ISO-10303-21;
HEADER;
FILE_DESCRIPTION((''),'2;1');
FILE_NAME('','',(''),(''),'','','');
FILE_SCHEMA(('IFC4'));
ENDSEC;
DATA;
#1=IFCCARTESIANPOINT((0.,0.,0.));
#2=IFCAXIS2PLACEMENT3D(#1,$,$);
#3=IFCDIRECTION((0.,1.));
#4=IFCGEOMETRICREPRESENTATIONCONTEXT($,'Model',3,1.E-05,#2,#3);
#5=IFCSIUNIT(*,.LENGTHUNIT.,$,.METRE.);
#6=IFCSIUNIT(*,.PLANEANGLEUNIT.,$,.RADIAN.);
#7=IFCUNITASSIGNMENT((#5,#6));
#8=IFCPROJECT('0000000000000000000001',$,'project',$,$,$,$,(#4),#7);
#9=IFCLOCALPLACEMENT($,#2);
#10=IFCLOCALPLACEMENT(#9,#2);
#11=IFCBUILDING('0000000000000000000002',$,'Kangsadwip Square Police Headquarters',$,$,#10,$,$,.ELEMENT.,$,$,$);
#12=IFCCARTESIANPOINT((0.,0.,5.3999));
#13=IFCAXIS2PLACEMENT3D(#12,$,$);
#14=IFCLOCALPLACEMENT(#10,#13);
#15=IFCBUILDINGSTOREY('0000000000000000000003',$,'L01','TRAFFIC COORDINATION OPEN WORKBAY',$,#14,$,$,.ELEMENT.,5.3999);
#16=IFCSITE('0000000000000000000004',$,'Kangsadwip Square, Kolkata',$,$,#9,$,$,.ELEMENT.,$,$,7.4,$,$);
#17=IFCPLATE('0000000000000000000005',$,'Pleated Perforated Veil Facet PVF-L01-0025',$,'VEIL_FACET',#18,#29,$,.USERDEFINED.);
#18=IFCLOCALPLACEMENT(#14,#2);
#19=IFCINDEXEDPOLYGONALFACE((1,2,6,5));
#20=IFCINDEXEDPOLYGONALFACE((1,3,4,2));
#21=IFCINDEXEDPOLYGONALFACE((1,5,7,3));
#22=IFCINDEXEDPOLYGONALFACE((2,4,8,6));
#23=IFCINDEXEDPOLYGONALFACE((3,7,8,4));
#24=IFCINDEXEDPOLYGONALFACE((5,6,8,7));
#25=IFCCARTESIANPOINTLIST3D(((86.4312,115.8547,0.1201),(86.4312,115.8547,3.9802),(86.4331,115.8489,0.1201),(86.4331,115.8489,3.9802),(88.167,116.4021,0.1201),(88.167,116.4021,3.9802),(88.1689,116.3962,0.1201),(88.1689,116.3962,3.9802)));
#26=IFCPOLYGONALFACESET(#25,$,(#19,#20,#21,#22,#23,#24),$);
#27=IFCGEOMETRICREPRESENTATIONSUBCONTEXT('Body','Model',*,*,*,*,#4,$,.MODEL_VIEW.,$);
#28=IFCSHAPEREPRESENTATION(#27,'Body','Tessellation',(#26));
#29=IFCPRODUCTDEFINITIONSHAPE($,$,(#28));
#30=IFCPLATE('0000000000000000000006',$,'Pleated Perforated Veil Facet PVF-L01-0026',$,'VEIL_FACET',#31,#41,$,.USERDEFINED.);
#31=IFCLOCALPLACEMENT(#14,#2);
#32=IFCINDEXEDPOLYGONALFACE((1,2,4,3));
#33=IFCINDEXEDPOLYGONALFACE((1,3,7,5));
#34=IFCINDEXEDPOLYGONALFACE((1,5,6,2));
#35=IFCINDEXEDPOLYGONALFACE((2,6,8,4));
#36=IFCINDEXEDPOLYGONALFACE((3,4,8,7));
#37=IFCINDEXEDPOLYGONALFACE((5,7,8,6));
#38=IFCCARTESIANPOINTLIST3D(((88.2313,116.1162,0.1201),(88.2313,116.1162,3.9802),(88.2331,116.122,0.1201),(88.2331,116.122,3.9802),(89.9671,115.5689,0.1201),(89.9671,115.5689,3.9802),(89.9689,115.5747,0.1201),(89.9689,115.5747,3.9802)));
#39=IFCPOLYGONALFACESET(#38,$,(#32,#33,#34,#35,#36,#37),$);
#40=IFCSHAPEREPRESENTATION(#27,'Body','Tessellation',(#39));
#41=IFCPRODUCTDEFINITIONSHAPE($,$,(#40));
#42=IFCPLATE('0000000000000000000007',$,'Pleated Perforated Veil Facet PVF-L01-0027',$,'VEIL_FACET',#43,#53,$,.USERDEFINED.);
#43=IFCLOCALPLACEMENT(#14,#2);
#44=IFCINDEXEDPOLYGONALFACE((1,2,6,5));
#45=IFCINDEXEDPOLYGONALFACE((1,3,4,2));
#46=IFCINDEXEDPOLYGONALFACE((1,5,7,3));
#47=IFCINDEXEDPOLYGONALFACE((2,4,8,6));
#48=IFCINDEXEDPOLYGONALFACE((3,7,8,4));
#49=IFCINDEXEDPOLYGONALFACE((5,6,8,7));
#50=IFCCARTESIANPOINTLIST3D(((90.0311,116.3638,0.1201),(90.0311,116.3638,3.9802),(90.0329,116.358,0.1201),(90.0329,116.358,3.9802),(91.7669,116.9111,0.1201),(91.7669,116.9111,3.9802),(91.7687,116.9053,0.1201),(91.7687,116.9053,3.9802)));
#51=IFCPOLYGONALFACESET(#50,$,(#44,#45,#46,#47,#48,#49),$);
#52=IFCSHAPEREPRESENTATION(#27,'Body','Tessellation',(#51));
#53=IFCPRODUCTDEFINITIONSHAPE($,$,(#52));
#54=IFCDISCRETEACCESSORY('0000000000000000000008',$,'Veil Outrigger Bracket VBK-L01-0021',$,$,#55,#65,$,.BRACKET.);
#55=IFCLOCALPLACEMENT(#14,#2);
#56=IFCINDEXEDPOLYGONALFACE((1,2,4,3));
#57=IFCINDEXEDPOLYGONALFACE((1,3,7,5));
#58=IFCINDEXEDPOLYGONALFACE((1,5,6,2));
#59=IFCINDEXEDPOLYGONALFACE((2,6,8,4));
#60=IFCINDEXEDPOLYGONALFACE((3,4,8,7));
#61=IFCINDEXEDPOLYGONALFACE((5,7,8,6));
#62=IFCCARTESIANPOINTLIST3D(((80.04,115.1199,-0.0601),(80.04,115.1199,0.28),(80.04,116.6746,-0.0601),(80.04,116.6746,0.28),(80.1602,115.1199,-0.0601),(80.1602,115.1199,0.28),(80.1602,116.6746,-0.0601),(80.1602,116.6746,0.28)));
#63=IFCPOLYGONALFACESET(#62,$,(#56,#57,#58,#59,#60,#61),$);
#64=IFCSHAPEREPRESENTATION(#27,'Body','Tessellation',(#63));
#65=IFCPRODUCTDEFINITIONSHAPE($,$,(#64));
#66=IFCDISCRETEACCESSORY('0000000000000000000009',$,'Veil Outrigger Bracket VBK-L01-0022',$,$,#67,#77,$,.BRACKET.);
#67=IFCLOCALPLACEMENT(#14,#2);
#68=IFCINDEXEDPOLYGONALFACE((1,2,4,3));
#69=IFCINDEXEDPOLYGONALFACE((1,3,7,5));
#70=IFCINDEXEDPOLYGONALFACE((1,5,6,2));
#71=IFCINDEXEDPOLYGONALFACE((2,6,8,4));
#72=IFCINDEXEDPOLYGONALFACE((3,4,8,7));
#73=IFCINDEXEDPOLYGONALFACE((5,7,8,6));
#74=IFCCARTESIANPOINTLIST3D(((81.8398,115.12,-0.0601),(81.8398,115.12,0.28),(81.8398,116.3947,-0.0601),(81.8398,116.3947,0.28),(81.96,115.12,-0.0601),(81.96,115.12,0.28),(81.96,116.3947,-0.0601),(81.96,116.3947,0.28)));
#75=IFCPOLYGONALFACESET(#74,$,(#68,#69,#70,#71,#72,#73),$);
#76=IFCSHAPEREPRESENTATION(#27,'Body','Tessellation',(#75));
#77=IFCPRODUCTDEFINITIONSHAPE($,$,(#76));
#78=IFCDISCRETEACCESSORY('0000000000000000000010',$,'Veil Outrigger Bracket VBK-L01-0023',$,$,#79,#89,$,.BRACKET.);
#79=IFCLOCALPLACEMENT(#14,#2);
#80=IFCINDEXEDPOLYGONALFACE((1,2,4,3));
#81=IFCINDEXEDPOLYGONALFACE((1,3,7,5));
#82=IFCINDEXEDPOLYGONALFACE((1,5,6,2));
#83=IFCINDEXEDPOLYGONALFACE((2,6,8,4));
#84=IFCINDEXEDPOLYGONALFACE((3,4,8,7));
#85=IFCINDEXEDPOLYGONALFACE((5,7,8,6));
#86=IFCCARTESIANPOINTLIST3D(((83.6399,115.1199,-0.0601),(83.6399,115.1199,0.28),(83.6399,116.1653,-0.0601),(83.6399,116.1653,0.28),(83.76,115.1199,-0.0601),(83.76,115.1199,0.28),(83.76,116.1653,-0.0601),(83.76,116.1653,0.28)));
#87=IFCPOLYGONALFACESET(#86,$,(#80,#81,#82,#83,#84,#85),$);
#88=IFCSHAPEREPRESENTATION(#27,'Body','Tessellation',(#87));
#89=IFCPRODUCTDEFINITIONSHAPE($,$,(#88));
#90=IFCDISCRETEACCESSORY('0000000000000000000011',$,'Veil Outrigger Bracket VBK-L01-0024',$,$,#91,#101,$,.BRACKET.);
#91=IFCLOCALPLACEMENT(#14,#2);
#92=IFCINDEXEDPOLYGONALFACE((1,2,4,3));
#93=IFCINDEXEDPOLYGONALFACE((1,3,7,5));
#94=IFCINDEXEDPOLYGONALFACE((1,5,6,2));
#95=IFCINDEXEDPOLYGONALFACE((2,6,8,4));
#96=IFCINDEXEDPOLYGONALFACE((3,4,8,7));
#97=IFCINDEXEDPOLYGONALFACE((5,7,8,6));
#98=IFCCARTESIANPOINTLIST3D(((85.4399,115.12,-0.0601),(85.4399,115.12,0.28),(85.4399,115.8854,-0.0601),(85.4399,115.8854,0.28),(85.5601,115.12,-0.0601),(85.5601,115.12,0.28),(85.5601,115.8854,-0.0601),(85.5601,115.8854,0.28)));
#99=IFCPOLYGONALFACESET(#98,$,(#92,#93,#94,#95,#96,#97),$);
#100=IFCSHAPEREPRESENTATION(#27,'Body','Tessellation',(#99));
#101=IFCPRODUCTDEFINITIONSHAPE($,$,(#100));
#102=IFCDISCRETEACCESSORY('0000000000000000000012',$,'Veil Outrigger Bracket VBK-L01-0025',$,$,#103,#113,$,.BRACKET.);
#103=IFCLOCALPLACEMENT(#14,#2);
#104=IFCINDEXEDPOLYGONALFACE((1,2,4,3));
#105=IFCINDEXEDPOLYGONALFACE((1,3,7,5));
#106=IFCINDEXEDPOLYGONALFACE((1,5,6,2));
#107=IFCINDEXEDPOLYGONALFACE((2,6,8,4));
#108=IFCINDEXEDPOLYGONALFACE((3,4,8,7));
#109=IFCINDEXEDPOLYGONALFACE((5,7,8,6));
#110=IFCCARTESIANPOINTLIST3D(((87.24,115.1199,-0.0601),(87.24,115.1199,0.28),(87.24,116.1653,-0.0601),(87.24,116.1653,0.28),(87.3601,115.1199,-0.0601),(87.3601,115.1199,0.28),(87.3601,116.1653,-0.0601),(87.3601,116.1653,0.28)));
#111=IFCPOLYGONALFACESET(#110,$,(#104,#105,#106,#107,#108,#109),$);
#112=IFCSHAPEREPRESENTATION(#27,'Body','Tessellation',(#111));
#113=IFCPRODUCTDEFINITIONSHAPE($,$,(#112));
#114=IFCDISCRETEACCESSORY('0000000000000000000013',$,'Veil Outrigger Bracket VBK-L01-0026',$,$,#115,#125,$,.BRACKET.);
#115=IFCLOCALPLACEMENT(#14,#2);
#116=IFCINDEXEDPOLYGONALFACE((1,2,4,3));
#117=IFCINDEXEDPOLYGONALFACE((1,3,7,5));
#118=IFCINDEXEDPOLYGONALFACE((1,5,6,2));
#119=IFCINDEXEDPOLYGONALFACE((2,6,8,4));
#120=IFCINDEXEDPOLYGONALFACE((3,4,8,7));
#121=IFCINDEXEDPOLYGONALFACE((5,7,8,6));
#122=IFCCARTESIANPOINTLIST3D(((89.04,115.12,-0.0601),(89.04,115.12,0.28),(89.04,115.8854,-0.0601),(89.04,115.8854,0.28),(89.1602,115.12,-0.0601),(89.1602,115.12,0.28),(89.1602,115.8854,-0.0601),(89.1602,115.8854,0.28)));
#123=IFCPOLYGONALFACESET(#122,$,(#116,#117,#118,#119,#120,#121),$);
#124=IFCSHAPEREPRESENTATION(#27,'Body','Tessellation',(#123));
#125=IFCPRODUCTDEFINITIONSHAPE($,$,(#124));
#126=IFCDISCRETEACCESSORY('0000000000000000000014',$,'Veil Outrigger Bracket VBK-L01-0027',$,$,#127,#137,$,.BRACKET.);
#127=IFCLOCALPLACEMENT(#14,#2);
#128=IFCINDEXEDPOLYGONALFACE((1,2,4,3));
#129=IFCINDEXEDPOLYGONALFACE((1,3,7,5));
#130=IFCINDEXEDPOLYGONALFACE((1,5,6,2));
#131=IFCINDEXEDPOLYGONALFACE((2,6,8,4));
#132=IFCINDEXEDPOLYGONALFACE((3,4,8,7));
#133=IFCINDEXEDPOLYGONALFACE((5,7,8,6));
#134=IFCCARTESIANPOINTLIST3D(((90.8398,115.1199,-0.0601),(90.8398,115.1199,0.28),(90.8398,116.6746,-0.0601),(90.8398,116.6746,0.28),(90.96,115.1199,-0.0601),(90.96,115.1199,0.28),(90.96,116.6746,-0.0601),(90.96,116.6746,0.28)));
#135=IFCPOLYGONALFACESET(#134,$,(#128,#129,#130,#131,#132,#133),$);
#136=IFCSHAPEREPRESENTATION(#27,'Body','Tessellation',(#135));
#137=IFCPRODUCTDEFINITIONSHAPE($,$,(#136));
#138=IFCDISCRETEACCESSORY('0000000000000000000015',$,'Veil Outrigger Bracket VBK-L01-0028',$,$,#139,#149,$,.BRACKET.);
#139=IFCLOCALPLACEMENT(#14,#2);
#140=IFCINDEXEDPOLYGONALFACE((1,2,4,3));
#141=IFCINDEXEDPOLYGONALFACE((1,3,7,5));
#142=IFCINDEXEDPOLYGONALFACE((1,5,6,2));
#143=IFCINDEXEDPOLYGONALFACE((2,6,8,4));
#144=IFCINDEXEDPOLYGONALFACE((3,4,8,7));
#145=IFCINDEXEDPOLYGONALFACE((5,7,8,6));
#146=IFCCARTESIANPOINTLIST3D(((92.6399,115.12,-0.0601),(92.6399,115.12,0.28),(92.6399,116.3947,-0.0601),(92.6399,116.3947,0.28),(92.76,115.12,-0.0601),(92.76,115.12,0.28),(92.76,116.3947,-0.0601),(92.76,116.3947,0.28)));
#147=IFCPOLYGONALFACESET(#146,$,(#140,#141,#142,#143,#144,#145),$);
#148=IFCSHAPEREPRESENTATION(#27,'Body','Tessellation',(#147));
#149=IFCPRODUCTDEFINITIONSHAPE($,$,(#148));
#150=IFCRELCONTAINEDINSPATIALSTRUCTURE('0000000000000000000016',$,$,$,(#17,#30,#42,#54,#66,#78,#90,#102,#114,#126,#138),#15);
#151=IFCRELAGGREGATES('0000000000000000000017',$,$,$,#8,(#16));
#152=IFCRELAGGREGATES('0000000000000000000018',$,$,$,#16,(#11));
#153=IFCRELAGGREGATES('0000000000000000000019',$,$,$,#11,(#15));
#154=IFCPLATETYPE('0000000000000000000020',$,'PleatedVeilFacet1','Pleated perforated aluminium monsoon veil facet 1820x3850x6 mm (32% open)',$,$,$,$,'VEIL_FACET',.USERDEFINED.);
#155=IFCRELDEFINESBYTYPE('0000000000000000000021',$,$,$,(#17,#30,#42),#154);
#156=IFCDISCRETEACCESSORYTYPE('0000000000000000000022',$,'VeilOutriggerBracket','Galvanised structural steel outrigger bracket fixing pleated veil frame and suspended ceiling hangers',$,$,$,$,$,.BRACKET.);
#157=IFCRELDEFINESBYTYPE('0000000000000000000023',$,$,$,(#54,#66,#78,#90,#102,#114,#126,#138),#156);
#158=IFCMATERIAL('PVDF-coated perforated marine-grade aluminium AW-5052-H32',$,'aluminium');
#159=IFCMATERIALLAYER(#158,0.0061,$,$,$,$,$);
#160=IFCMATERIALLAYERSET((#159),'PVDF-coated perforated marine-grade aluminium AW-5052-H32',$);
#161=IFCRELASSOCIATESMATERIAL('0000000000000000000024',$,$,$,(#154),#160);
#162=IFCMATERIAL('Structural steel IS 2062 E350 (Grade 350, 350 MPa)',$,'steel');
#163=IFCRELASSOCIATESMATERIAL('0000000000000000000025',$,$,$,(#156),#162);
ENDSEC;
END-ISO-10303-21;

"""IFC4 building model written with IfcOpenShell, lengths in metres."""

from ifc_helpers import new_model, si_unit, direction, frame, origin, origin_2d, place, context, subcontext, project, spatial, rectangle, extrude, material, layer, layer_set, type_object, element, save


model = new_model("IFC4")

# Units and contexts
model_context = context("Model", 3, precision=1e-05, world=origin(), true_north=direction((0.0, 1.0)))
body_context = subcontext(model_context, "Body", "Model", "MODEL_VIEW")
ifc_project = project(units=[si_unit("LENGTHUNIT", "METRE"), si_unit("PLANEANGLEUNIT", "RADIAN")], contexts=[model_context])

# Site, building, storey
site_placement = place(None, origin())
site = spatial("IfcSite", under=ifc_project, at=site_placement, Name="Kangsadwip Square, Kolkata", CompositionType="ELEMENT", RefElevation=7.4)
building_placement = place(site_placement, origin())
building = spatial("IfcBuilding", under=site, at=building_placement, Name="Kangsadwip Square Police Headquarters", CompositionType="ELEMENT")
storey_placement = place(building_placement, frame((0.0, 0.0, 5.3999)))
storey = spatial("IfcBuildingStorey", under=building, at=storey_placement, Name="L01", Description="TRAFFIC COORDINATION OPEN WORKBAY", CompositionType="ELEMENT", Elevation=5.3999)

# Plates
ifc_material_1 = material(Name="PVDF-coated perforated marine-grade aluminium AW-5052-H32", Category="aluminium")
ifc_layer_1 = layer(ifc_material_1, 0.0061)
ifc_layer_set_1 = layer_set([ifc_layer_1], Name="PVDF-coated perforated marine-grade aluminium AW-5052-H32")
plate_type_1 = type_object("IfcPlateType", Name="PleatedVeilFacet1", Description="Pleated perforated aluminium monsoon veil facet 1820x3850x6 mm (32% open)", ElementType="VEIL_FACET", PredefinedType="USERDEFINED", material=ifc_layer_set_1)
for number, where, z_axis, x_axis, name in (
    (1, (87.3, 116.1255, 0.1201), (0.0, 0.0, 1.0), (0.953717, 0.300706, 0.0), "Pleated Perforated Veil Facet PVF-L01-0025"),
    (2, (89.1001, 115.8455, 0.1201), (0.0, 0.0, 1.0), (0.953717, -0.300706, 0.0), "Pleated Perforated Veil Facet PVF-L01-0026"),
    (3, (90.8999, 116.6345, 0.1201), (0.0, 0.0, 1.0), (0.953717, 0.300706, 0.0), "Pleated Perforated Veil Facet PVF-L01-0027"),
):
    element("IfcPlate", number, at=place(storey_placement, frame(where, z_axis=z_axis, x_axis=x_axis)), inside=storey, type_object=plate_type_1, Name=name, ObjectType="VEIL_FACET", PredefinedType="USERDEFINED", context=body_context, shape_type="SweptSolid", body=[
        extrude(rectangle(XDim=1.8201, YDim=0.0061, at=origin_2d()), origin(), (0.0, 0.0, 1.0), 3.8601),
    ])

# Discrete accessories
ifc_material_2 = material(Name="Structural steel IS 2062 E350 (Grade 350, 350 MPa)", Category="steel")
discrete_accessory_type = type_object("IfcDiscreteAccessoryType", Name="VeilOutriggerBracket", Description="Galvanised structural steel outrigger bracket fixing pleated veil frame and suspended ceiling hangers", PredefinedType="BRACKET", material=ifc_material_2)
discrete_accessory_1_placement = place(storey_placement, frame((80.1001, 115.8972, -0.0601), z_axis=(0.0, 0.0, 1.0), x_axis=(1.0, 0.0, 0.0)))
element("IfcDiscreteAccessory", 4, at=discrete_accessory_1_placement, inside=storey, type_object=discrete_accessory_type, Name="Veil Outrigger Bracket VBK-L01-0021", PredefinedType="BRACKET", context=body_context, shape_type="SweptSolid", body=[
    extrude(rectangle(XDim=0.1201, YDim=1.5547, at=origin_2d()), origin(), (0.0, 0.0, 1.0), 0.3401),
])
discrete_accessory_2_placement = place(storey_placement, frame((81.8999, 115.7573, -0.0601), z_axis=(0.0, 0.0, 1.0), x_axis=(1.0, 0.0, 0.0)))
element("IfcDiscreteAccessory", 5, at=discrete_accessory_2_placement, inside=storey, type_object=discrete_accessory_type, Name="Veil Outrigger Bracket VBK-L01-0022", PredefinedType="BRACKET", context=body_context, shape_type="SweptSolid", body=[
    extrude(rectangle(XDim=0.1201, YDim=1.2747, at=origin_2d()), origin(), (0.0, 0.0, 1.0), 0.3401),
])
discrete_accessory_3_placement = place(storey_placement, frame((83.7, 115.6426, -0.0601), z_axis=(0.0, 0.0, 1.0), x_axis=(1.0, 0.0, 0.0)))
element("IfcDiscreteAccessory", 6, at=discrete_accessory_3_placement, inside=storey, type_object=discrete_accessory_type, Name="Veil Outrigger Bracket VBK-L01-0023", PredefinedType="BRACKET", context=body_context, shape_type="SweptSolid", body=[
    extrude(rectangle(XDim=0.1201, YDim=1.0454, at=origin_2d()), origin(), (0.0, 0.0, 1.0), 0.3401),
])
discrete_accessory_4_placement = place(storey_placement, frame((85.5, 115.5027, -0.0601), z_axis=(0.0, 0.0, 1.0), x_axis=(1.0, 0.0, 0.0)))
element("IfcDiscreteAccessory", 7, at=discrete_accessory_4_placement, inside=storey, type_object=discrete_accessory_type, Name="Veil Outrigger Bracket VBK-L01-0024", PredefinedType="BRACKET", context=body_context, shape_type="SweptSolid", body=[
    extrude(rectangle(XDim=0.1201, YDim=0.7654, at=origin_2d()), origin(), (0.0, 0.0, 1.0), 0.3401),
])
discrete_accessory_5_placement = place(storey_placement, frame((87.3, 115.6426, -0.0601), z_axis=(0.0, 0.0, 1.0), x_axis=(1.0, 0.0, 0.0)))
element("IfcDiscreteAccessory", 8, at=discrete_accessory_5_placement, inside=storey, type_object=discrete_accessory_type, Name="Veil Outrigger Bracket VBK-L01-0025", PredefinedType="BRACKET", context=body_context, shape_type="SweptSolid", body=[
    extrude(rectangle(XDim=0.1201, YDim=1.0454, at=origin_2d()), origin(), (0.0, 0.0, 1.0), 0.3401),
])
discrete_accessory_6_placement = place(storey_placement, frame((89.1001, 115.5027, -0.0601), z_axis=(0.0, 0.0, 1.0), x_axis=(1.0, 0.0, 0.0)))
element("IfcDiscreteAccessory", 9, at=discrete_accessory_6_placement, inside=storey, type_object=discrete_accessory_type, Name="Veil Outrigger Bracket VBK-L01-0026", PredefinedType="BRACKET", context=body_context, shape_type="SweptSolid", body=[
    extrude(rectangle(XDim=0.1201, YDim=0.7654, at=origin_2d()), origin(), (0.0, 0.0, 1.0), 0.3401),
])
discrete_accessory_7_placement = place(storey_placement, frame((90.8999, 115.8972, -0.0601), z_axis=(0.0, 0.0, 1.0), x_axis=(1.0, 0.0, 0.0)))
element("IfcDiscreteAccessory", 10, at=discrete_accessory_7_placement, inside=storey, type_object=discrete_accessory_type, Name="Veil Outrigger Bracket VBK-L01-0027", PredefinedType="BRACKET", context=body_context, shape_type="SweptSolid", body=[
    extrude(rectangle(XDim=0.1201, YDim=1.5547, at=origin_2d()), origin(), (0.0, 0.0, 1.0), 0.3401),
])
discrete_accessory_8_placement = place(storey_placement, frame((92.7, 115.7573, -0.0601), z_axis=(0.0, 0.0, 1.0), x_axis=(1.0, 0.0, 0.0)))
element("IfcDiscreteAccessory", 11, at=discrete_accessory_8_placement, inside=storey, type_object=discrete_accessory_type, Name="Veil Outrigger Bracket VBK-L01-0028", PredefinedType="BRACKET", context=body_context, shape_type="SweptSolid", body=[
    extrude(rectangle(XDim=0.1201, YDim=1.2747, at=origin_2d()), origin(), (0.0, 0.0, 1.0), 0.3401),
])

save(model, "model.ifc")
